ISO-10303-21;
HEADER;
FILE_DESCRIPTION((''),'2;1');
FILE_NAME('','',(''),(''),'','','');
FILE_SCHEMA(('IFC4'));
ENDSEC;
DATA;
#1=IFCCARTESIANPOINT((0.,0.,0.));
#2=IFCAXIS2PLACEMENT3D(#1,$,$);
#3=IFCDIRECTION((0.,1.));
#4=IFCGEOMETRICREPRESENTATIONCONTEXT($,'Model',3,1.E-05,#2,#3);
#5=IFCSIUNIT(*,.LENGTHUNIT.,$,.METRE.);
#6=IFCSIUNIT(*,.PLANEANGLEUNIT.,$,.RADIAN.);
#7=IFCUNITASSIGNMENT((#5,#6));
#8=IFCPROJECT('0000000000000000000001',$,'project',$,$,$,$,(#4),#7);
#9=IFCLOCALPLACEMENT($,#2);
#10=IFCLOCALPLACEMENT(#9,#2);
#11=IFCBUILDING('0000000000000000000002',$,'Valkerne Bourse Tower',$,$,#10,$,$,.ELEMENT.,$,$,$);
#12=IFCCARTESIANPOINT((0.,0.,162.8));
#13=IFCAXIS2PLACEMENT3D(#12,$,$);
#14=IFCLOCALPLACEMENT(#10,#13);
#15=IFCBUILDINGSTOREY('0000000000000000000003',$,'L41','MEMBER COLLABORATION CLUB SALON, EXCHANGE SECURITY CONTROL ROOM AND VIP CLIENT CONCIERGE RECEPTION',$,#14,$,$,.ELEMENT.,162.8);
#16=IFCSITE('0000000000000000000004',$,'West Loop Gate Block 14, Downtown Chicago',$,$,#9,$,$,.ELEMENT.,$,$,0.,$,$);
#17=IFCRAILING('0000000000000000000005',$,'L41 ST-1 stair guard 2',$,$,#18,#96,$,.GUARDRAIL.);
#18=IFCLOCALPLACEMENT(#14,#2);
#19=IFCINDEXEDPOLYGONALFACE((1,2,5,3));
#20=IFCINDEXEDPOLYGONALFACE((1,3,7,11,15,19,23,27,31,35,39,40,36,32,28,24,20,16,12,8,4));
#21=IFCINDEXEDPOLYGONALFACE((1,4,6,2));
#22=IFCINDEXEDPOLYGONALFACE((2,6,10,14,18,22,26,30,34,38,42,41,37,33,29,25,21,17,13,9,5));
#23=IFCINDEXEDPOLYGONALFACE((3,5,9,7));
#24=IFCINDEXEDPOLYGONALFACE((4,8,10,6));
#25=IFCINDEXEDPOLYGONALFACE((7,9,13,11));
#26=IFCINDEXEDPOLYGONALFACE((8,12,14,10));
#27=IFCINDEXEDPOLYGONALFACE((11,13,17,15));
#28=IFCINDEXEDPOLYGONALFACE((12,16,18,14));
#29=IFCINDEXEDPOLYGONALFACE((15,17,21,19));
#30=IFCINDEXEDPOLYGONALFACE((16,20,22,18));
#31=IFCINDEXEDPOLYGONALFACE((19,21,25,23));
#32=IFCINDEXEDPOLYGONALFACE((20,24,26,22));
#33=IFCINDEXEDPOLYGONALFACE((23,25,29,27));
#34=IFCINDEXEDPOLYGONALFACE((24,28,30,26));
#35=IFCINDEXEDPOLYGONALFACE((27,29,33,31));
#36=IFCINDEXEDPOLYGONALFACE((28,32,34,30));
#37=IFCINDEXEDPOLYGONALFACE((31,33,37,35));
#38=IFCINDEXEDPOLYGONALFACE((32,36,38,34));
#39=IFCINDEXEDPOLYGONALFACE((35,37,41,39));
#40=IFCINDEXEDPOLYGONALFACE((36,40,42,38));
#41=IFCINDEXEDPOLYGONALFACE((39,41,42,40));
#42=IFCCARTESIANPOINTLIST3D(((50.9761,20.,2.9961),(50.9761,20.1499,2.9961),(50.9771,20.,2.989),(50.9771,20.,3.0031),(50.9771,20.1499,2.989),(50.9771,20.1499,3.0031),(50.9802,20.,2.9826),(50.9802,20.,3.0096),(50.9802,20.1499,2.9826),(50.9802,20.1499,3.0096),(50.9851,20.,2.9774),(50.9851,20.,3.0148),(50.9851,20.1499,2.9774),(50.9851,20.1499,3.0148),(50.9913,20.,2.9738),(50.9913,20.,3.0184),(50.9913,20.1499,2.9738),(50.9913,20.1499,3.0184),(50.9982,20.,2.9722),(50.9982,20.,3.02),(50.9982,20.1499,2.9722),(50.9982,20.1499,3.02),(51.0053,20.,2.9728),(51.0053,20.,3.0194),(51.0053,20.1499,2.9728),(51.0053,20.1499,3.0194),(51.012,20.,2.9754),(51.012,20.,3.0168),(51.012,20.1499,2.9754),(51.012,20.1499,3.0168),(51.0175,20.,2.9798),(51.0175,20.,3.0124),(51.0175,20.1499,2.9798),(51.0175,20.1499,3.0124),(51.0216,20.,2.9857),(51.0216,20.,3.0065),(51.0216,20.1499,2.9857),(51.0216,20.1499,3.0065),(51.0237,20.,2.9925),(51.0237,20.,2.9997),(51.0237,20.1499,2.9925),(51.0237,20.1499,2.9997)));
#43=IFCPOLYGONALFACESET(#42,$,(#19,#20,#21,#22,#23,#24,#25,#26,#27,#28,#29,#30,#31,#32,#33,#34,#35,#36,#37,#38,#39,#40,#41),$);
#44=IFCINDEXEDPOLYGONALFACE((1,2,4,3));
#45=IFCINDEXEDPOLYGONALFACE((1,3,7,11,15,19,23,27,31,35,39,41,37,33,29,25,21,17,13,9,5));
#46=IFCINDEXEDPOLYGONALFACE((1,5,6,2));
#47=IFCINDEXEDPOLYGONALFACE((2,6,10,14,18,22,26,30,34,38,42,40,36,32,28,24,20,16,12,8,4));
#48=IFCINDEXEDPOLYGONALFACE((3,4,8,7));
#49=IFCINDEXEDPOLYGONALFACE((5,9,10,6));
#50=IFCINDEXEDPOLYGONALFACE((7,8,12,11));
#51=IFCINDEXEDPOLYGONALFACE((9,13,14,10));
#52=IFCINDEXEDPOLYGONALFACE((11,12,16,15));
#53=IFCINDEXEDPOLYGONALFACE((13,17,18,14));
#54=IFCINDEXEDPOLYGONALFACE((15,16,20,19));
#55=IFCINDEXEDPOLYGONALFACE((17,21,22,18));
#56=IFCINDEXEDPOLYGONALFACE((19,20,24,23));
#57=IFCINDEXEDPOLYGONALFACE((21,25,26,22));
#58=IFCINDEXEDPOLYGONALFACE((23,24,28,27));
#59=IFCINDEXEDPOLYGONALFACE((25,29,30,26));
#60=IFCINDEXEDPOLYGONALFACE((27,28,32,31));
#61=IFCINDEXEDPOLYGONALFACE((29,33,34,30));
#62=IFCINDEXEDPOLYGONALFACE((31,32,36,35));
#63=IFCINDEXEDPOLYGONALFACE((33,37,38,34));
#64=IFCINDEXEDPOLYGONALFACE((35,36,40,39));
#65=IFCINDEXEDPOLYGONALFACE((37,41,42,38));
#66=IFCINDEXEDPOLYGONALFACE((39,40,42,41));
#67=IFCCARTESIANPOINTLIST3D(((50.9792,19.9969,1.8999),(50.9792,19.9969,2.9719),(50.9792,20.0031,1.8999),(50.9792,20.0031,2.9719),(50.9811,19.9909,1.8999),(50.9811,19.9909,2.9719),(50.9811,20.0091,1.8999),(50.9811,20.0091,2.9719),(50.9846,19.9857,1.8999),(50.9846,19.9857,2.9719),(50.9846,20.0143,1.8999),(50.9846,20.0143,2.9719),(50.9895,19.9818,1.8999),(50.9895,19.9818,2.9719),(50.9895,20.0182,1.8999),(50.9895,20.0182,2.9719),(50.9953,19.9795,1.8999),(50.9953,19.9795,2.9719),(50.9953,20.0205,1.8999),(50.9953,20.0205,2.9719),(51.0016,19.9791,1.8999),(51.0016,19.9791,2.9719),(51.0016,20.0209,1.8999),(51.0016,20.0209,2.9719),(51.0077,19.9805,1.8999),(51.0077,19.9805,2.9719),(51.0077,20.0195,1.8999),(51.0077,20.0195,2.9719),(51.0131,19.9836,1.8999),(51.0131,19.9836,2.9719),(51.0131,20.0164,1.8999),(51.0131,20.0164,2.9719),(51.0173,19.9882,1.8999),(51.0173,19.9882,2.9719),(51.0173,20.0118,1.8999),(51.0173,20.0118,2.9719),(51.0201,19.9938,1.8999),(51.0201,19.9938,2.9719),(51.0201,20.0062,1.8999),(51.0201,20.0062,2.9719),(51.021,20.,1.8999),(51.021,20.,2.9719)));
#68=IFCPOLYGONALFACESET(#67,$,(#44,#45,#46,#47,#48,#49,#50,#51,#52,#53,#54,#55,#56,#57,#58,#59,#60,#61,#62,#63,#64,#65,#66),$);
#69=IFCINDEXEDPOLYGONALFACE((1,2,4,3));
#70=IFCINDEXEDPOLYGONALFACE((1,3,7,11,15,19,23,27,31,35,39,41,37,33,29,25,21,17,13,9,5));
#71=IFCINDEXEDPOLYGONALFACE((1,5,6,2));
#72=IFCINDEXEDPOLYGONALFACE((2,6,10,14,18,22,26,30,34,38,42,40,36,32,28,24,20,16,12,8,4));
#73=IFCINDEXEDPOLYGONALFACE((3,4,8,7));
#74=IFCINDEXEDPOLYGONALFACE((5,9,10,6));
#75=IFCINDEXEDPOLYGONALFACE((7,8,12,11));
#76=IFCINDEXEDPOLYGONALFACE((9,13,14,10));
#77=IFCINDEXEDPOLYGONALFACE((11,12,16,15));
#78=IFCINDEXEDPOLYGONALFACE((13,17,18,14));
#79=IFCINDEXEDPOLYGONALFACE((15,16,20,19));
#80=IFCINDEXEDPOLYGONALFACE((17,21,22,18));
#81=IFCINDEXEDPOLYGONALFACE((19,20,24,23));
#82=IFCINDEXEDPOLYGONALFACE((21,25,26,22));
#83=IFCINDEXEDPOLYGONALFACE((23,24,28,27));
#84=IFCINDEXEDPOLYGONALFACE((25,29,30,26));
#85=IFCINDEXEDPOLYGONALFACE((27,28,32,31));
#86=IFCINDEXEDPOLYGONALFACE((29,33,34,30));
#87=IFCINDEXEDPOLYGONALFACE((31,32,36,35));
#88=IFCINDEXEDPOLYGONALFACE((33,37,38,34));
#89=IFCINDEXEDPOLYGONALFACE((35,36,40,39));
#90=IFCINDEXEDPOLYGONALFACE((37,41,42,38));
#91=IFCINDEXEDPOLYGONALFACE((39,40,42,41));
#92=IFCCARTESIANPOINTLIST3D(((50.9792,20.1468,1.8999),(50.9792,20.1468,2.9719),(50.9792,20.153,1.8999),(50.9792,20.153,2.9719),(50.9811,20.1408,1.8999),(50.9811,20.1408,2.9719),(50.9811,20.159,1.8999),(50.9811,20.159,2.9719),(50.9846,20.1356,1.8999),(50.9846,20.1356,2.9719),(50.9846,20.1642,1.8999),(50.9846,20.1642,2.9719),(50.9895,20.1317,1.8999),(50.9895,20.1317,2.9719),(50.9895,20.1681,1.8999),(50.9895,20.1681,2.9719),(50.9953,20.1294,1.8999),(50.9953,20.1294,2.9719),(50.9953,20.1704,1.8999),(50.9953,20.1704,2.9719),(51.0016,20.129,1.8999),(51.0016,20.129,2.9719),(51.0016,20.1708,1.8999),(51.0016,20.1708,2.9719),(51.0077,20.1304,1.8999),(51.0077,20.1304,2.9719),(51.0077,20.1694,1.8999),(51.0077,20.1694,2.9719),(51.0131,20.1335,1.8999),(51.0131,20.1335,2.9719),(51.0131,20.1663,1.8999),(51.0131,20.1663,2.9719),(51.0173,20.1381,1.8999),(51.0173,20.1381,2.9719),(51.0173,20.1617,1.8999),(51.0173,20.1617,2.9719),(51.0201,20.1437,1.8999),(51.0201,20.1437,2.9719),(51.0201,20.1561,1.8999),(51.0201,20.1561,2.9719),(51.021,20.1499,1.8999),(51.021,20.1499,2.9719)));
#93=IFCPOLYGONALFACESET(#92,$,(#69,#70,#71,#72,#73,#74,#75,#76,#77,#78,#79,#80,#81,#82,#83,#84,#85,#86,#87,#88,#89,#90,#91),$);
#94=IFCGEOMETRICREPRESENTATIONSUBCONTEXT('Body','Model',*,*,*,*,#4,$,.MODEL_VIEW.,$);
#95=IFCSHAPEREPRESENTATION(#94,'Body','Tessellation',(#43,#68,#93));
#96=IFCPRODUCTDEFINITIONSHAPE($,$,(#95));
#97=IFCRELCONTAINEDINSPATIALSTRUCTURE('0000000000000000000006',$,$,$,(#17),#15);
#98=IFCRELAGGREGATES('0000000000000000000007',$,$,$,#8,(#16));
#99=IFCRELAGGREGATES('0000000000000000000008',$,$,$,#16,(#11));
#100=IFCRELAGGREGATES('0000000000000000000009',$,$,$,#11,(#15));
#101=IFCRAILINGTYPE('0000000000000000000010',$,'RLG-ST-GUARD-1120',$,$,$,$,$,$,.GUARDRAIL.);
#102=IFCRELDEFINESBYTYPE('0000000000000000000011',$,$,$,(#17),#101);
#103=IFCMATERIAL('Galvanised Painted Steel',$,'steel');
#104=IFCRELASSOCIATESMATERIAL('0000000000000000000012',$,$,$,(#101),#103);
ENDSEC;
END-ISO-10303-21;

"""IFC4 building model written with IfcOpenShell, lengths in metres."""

from ifc_helpers import new_model, si_unit, direction, frame, origin, origin_2d, place, context, subcontext, project, spatial, circle, extrude, material, type_object, element, save


model = new_model("IFC4")

# Units and contexts
model_context = context("Model", 3, precision=1e-05, world=origin(), true_north=direction((0.0, 1.0)))
body_context = subcontext(model_context, "Body", "Model", "MODEL_VIEW")
ifc_project = project(units=[si_unit("LENGTHUNIT", "METRE"), si_unit("PLANEANGLEUNIT", "RADIAN")], contexts=[model_context])

# Site, building, storey
site_placement = place(None, origin())
site = spatial("IfcSite", under=ifc_project, at=site_placement, Name="West Loop Gate Block 14, Downtown Chicago", CompositionType="ELEMENT", RefElevation=0.0)
building_placement = place(site_placement, origin())
building = spatial("IfcBuilding", under=site, at=building_placement, Name="Valkerne Bourse Tower", CompositionType="ELEMENT")
storey_placement = place(building_placement, frame((0.0, 0.0, 162.8)))
storey = spatial("IfcBuildingStorey", under=building, at=storey_placement, Name="L41", Description="MEMBER COLLABORATION CLUB SALON, EXCHANGE SECURITY CONTROL ROOM AND VIP CLIENT CONCIERGE RECEPTION", CompositionType="ELEMENT", Elevation=162.8)

# Railing
ifc_material_1 = material(Name="Galvanised Painted Steel", Category="steel")
railing_type = type_object("IfcRailingType", Name="RLG-ST-GUARD-1120", PredefinedType="GUARDRAIL", material=ifc_material_1)
railing_1_placement = place(storey_placement, frame((51.0, 20.0, 1.8999)))
element("IfcRailing", 1, at=railing_1_placement, inside=storey, type_object=railing_type, Name="L41 ST-1 stair guard 2", PredefinedType="GUARDRAIL", context=body_context, shape_type="SweptSolid", body=[
    extrude(circle(Radius=0.0239, at=origin_2d()), frame((0.0, 0.0, 1.0962), z_axis=(0.0, 1.0, 0.0), x_axis=(-1.0, 0.0, 0.0)), (0.0, 0.0, 1.0), 0.1499),
    extrude(circle(Radius=0.021, at=origin_2d()), origin(), (0.0, 0.0, 1.0), 1.072),
    extrude(circle(Radius=0.021, at=origin_2d()), frame((0.0, 0.1499, 0.0)), (0.0, 0.0, 1.0), 1.072),
])

save(model, "model.ifc")
